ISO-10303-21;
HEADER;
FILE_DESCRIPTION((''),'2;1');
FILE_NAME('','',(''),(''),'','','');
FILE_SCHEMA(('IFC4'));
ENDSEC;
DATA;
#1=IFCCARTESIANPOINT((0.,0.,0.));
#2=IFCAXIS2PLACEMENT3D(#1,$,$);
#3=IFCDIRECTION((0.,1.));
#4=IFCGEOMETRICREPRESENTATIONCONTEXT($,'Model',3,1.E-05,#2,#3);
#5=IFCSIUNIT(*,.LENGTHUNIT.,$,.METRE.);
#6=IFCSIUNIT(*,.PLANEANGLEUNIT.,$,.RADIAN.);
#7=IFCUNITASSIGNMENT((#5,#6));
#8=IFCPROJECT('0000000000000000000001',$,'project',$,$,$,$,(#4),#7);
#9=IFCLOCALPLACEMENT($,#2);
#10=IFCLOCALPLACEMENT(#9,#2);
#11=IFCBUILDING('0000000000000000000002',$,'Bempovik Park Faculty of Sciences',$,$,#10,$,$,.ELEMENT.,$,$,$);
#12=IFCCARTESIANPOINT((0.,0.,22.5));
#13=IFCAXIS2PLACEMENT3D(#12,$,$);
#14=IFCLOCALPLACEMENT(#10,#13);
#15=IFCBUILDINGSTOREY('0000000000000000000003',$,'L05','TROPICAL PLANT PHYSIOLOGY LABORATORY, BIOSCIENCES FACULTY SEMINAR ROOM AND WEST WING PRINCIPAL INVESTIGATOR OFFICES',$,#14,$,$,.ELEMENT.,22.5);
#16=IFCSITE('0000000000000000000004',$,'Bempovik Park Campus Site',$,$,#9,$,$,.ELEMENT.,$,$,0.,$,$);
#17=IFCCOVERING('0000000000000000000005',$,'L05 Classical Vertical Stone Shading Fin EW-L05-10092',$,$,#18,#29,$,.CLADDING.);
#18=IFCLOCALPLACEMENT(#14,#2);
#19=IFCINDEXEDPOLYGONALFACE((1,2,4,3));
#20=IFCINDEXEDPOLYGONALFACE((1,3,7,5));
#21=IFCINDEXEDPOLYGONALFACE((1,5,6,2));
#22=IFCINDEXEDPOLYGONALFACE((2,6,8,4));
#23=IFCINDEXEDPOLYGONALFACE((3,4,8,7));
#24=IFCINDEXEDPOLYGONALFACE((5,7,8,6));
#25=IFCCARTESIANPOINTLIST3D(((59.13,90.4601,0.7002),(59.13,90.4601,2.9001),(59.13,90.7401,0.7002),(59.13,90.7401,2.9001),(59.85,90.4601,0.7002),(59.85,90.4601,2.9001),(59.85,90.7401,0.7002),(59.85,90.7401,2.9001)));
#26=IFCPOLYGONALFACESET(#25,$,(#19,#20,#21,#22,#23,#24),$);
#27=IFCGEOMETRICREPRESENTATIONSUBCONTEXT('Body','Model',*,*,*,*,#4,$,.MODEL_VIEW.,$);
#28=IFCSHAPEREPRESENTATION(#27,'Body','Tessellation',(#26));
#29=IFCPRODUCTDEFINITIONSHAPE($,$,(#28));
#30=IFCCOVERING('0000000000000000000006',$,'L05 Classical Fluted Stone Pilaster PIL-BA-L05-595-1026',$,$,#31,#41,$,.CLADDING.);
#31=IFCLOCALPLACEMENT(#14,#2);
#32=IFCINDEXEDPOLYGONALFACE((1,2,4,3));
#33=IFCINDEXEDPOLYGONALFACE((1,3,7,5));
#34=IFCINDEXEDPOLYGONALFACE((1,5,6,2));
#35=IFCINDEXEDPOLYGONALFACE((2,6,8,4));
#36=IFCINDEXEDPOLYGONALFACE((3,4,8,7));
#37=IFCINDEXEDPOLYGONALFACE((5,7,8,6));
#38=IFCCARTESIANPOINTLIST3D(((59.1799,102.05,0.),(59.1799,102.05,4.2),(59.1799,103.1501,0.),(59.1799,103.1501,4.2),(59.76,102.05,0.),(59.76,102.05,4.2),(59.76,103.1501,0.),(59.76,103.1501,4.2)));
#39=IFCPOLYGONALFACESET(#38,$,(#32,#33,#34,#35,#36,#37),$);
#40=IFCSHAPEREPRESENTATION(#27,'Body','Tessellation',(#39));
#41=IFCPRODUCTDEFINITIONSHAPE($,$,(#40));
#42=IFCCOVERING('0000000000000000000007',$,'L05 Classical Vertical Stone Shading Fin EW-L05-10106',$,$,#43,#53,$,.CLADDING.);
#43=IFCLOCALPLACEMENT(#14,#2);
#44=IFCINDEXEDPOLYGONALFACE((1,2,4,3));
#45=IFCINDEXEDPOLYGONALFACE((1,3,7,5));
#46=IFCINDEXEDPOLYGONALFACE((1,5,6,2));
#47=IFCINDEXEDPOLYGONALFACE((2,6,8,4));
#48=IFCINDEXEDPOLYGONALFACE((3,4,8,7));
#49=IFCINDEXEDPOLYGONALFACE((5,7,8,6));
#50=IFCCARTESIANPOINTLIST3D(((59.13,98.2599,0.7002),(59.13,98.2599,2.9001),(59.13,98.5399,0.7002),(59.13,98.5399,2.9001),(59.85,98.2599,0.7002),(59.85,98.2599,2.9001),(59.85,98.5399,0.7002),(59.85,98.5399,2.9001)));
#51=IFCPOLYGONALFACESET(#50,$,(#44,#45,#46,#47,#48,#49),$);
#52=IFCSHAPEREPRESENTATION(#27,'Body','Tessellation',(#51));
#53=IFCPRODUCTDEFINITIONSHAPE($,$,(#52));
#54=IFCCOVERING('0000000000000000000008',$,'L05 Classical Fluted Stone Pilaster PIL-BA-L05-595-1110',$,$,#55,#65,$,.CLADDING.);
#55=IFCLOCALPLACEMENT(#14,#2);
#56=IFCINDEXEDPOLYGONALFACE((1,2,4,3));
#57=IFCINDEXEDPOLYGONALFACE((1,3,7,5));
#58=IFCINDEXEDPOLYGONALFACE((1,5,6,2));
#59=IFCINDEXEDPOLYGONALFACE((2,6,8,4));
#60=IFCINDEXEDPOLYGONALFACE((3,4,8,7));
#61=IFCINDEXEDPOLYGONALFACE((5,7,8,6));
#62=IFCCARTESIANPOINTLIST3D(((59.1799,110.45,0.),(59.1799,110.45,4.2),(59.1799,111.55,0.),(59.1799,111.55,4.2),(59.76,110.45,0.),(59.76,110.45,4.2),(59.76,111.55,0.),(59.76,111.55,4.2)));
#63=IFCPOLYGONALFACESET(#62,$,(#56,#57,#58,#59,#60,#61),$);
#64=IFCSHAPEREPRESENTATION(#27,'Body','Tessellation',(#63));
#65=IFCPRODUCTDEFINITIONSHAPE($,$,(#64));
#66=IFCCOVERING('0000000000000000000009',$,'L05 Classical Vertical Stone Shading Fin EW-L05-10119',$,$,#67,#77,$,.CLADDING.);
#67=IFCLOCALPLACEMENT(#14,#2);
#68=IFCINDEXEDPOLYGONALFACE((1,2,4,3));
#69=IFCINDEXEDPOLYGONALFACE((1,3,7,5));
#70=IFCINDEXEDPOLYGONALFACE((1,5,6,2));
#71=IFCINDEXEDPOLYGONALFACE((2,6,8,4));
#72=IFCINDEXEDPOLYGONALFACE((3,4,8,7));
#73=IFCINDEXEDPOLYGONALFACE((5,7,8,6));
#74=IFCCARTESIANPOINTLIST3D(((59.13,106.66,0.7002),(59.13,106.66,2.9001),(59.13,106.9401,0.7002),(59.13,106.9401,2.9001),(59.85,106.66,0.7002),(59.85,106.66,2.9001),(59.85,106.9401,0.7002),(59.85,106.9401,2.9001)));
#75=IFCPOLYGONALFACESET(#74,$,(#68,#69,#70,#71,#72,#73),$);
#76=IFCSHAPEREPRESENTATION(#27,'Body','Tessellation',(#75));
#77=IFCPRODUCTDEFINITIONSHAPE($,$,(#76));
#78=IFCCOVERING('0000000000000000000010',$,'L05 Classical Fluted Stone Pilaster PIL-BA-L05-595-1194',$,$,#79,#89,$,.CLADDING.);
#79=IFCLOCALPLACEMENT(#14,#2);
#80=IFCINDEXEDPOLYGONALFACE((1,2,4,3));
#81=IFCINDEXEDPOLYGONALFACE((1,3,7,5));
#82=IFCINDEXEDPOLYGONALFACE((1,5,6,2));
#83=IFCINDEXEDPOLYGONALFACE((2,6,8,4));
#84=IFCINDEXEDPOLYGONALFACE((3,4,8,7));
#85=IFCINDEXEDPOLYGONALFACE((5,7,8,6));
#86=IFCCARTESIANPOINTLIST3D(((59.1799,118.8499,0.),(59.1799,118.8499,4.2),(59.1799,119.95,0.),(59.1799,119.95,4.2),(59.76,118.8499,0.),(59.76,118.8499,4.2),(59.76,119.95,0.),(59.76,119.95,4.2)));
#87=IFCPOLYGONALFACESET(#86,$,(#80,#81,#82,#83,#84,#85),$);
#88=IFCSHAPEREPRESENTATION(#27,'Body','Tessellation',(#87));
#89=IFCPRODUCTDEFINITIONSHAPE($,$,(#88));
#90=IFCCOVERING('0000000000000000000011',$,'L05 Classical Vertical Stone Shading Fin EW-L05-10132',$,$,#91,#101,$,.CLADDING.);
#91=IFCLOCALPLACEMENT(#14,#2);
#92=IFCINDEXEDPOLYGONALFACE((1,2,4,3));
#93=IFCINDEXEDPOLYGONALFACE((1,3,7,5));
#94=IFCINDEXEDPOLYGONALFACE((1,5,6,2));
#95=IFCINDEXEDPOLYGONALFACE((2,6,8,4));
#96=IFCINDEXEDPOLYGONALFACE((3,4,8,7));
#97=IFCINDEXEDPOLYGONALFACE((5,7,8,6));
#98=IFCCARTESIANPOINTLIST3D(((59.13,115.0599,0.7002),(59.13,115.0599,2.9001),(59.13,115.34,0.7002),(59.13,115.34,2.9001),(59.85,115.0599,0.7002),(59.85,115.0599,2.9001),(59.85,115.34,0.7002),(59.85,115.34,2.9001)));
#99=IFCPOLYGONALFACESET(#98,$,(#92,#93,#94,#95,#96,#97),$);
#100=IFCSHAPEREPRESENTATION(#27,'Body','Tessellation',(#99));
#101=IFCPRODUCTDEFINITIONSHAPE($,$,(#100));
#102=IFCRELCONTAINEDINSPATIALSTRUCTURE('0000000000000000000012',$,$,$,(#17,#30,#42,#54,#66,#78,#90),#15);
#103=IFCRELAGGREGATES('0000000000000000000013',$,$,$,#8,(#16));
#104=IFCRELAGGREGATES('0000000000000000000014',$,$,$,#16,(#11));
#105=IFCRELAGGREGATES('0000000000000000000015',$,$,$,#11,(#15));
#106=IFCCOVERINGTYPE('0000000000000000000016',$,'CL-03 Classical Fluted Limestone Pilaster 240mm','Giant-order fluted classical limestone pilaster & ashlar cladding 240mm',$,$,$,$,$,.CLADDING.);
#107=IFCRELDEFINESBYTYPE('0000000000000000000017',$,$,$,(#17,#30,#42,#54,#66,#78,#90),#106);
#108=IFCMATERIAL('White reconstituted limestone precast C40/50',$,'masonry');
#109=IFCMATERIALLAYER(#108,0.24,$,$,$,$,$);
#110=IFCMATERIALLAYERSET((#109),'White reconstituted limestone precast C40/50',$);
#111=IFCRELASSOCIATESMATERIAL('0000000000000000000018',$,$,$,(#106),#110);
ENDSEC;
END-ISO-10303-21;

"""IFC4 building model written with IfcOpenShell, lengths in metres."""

from ifc_helpers import new_model, si_unit, direction, frame, origin, origin_2d, place, context, subcontext, project, spatial, rectangle, extrude, material, layer, layer_set, type_object, element, save


model = new_model("IFC4")

# Units and contexts
model_context = context("Model", 3, precision=1e-05, world=origin(), true_north=direction((0.0, 1.0)))
body_context = subcontext(model_context, "Body", "Model", "MODEL_VIEW")
ifc_project = project(units=[si_unit("LENGTHUNIT", "METRE"), si_unit("PLANEANGLEUNIT", "RADIAN")], contexts=[model_context])

# Site, building, storey
site_placement = place(None, origin())
site = spatial("IfcSite", under=ifc_project, at=site_placement, Name="Bempovik Park Campus Site", CompositionType="ELEMENT", RefElevation=0.0)
building_placement = place(site_placement, origin())
building = spatial("IfcBuilding", under=site, at=building_placement, Name="Bempovik Park Faculty of Sciences", CompositionType="ELEMENT")
storey_placement = place(building_placement, frame((0.0, 0.0, 22.5)))
storey = spatial("IfcBuildingStorey", under=building, at=storey_placement, Name="L05", Description="TROPICAL PLANT PHYSIOLOGY LABORATORY, BIOSCIENCES FACULTY SEMINAR ROOM AND WEST WING PRINCIPAL INVESTIGATOR OFFICES", CompositionType="ELEMENT", Elevation=22.5)

# Coverings
ifc_material_1 = material(Name="White reconstituted limestone precast C40/50", Category="masonry")
ifc_layer_1 = layer(ifc_material_1, 0.24)
ifc_layer_set_1 = layer_set([ifc_layer_1], Name="White reconstituted limestone precast C40/50")
covering_type_1 = type_object("IfcCoveringType", Name="CL-03 Classical Fluted Limestone Pilaster 240mm", Description="Giant-order fluted classical limestone pilaster & ashlar cladding 240mm", PredefinedType="CLADDING", material=ifc_layer_set_1)
covering_1_placement = place(storey_placement, frame((59.49, 90.6001, 0.7002), z_axis=(0.0, 0.0, 1.0), x_axis=(1.0, 0.0, 0.0)))
element("IfcCovering", 1, at=covering_1_placement, inside=storey, type_object=covering_type_1, Name="L05 Classical Vertical Stone Shading Fin EW-L05-10092", PredefinedType="CLADDING", context=body_context, shape_type="SweptSolid", body=[
    extrude(rectangle(XDim=0.72, YDim=0.28, at=origin_2d()), origin(), (0.0, 0.0, 1.0), 2.2),
])
covering_2_placement = place(storey_placement, frame((59.47, 102.6001, 0.0), z_axis=(0.0, 0.0, 1.0), x_axis=(1.0, 0.0, 0.0)))
element("IfcCovering", 2, at=covering_2_placement, inside=storey, type_object=covering_type_1, Name="L05 Classical Fluted Stone Pilaster PIL-BA-L05-595-1026", PredefinedType="CLADDING", context=body_context, shape_type="SweptSolid", body=[
    extrude(rectangle(XDim=0.5801, YDim=1.1001, at=origin_2d()), origin(), (0.0, 0.0, 1.0), 4.2),
])
covering_3_placement = place(storey_placement, frame((59.49, 98.3999, 0.7002), z_axis=(0.0, 0.0, 1.0), x_axis=(1.0, 0.0, 0.0)))
element("IfcCovering", 3, at=covering_3_placement, inside=storey, type_object=covering_type_1, Name="L05 Classical Vertical Stone Shading Fin EW-L05-10106", PredefinedType="CLADDING", context=body_context, shape_type="SweptSolid", body=[
    extrude(rectangle(XDim=0.72, YDim=0.28, at=origin_2d()), origin(), (0.0, 0.0, 1.0), 2.2),
])
covering_4_placement = place(storey_placement, frame((59.47, 111.0, 0.0), z_axis=(0.0, 0.0, 1.0), x_axis=(1.0, 0.0, 0.0)))
element("IfcCovering", 4, at=covering_4_placement, inside=storey, type_object=covering_type_1, Name="L05 Classical Fluted Stone Pilaster PIL-BA-L05-595-1110", PredefinedType="CLADDING", context=body_context, shape_type="SweptSolid", body=[
    extrude(rectangle(XDim=0.5801, YDim=1.1001, at=origin_2d()), origin(), (0.0, 0.0, 1.0), 4.2),
])
covering_5_placement = place(storey_placement, frame((59.49, 106.8, 0.7002), z_axis=(0.0, 0.0, 1.0), x_axis=(1.0, 0.0, 0.0)))
element("IfcCovering", 5, at=covering_5_placement, inside=storey, type_object=covering_type_1, Name="L05 Classical Vertical Stone Shading Fin EW-L05-10119", PredefinedType="CLADDING", context=body_context, shape_type="SweptSolid", body=[
    extrude(rectangle(XDim=0.72, YDim=0.28, at=origin_2d()), origin(), (0.0, 0.0, 1.0), 2.2),
])
covering_6_placement = place(storey_placement, frame((59.47, 119.3999, 0.0), z_axis=(0.0, 0.0, 1.0), x_axis=(1.0, 0.0, 0.0)))
element("IfcCovering", 6, at=covering_6_placement, inside=storey, type_object=covering_type_1, Name="L05 Classical Fluted Stone Pilaster PIL-BA-L05-595-1194", PredefinedType="CLADDING", context=body_context, shape_type="SweptSolid", body=[
    extrude(rectangle(XDim=0.5801, YDim=1.1001, at=origin_2d()), origin(), (0.0, 0.0, 1.0), 4.2),
])
covering_7_placement = place(storey_placement, frame((59.49, 115.2, 0.7002), z_axis=(0.0, 0.0, 1.0), x_axis=(1.0, 0.0, 0.0)))
element("IfcCovering", 7, at=covering_7_placement, inside=storey, type_object=covering_type_1, Name="L05 Classical Vertical Stone Shading Fin EW-L05-10132", PredefinedType="CLADDING", context=body_context, shape_type="SweptSolid", body=[
    extrude(rectangle(XDim=0.72, YDim=0.28, at=origin_2d()), origin(), (0.0, 0.0, 1.0), 2.2),
])

save(model, "model.ifc")
